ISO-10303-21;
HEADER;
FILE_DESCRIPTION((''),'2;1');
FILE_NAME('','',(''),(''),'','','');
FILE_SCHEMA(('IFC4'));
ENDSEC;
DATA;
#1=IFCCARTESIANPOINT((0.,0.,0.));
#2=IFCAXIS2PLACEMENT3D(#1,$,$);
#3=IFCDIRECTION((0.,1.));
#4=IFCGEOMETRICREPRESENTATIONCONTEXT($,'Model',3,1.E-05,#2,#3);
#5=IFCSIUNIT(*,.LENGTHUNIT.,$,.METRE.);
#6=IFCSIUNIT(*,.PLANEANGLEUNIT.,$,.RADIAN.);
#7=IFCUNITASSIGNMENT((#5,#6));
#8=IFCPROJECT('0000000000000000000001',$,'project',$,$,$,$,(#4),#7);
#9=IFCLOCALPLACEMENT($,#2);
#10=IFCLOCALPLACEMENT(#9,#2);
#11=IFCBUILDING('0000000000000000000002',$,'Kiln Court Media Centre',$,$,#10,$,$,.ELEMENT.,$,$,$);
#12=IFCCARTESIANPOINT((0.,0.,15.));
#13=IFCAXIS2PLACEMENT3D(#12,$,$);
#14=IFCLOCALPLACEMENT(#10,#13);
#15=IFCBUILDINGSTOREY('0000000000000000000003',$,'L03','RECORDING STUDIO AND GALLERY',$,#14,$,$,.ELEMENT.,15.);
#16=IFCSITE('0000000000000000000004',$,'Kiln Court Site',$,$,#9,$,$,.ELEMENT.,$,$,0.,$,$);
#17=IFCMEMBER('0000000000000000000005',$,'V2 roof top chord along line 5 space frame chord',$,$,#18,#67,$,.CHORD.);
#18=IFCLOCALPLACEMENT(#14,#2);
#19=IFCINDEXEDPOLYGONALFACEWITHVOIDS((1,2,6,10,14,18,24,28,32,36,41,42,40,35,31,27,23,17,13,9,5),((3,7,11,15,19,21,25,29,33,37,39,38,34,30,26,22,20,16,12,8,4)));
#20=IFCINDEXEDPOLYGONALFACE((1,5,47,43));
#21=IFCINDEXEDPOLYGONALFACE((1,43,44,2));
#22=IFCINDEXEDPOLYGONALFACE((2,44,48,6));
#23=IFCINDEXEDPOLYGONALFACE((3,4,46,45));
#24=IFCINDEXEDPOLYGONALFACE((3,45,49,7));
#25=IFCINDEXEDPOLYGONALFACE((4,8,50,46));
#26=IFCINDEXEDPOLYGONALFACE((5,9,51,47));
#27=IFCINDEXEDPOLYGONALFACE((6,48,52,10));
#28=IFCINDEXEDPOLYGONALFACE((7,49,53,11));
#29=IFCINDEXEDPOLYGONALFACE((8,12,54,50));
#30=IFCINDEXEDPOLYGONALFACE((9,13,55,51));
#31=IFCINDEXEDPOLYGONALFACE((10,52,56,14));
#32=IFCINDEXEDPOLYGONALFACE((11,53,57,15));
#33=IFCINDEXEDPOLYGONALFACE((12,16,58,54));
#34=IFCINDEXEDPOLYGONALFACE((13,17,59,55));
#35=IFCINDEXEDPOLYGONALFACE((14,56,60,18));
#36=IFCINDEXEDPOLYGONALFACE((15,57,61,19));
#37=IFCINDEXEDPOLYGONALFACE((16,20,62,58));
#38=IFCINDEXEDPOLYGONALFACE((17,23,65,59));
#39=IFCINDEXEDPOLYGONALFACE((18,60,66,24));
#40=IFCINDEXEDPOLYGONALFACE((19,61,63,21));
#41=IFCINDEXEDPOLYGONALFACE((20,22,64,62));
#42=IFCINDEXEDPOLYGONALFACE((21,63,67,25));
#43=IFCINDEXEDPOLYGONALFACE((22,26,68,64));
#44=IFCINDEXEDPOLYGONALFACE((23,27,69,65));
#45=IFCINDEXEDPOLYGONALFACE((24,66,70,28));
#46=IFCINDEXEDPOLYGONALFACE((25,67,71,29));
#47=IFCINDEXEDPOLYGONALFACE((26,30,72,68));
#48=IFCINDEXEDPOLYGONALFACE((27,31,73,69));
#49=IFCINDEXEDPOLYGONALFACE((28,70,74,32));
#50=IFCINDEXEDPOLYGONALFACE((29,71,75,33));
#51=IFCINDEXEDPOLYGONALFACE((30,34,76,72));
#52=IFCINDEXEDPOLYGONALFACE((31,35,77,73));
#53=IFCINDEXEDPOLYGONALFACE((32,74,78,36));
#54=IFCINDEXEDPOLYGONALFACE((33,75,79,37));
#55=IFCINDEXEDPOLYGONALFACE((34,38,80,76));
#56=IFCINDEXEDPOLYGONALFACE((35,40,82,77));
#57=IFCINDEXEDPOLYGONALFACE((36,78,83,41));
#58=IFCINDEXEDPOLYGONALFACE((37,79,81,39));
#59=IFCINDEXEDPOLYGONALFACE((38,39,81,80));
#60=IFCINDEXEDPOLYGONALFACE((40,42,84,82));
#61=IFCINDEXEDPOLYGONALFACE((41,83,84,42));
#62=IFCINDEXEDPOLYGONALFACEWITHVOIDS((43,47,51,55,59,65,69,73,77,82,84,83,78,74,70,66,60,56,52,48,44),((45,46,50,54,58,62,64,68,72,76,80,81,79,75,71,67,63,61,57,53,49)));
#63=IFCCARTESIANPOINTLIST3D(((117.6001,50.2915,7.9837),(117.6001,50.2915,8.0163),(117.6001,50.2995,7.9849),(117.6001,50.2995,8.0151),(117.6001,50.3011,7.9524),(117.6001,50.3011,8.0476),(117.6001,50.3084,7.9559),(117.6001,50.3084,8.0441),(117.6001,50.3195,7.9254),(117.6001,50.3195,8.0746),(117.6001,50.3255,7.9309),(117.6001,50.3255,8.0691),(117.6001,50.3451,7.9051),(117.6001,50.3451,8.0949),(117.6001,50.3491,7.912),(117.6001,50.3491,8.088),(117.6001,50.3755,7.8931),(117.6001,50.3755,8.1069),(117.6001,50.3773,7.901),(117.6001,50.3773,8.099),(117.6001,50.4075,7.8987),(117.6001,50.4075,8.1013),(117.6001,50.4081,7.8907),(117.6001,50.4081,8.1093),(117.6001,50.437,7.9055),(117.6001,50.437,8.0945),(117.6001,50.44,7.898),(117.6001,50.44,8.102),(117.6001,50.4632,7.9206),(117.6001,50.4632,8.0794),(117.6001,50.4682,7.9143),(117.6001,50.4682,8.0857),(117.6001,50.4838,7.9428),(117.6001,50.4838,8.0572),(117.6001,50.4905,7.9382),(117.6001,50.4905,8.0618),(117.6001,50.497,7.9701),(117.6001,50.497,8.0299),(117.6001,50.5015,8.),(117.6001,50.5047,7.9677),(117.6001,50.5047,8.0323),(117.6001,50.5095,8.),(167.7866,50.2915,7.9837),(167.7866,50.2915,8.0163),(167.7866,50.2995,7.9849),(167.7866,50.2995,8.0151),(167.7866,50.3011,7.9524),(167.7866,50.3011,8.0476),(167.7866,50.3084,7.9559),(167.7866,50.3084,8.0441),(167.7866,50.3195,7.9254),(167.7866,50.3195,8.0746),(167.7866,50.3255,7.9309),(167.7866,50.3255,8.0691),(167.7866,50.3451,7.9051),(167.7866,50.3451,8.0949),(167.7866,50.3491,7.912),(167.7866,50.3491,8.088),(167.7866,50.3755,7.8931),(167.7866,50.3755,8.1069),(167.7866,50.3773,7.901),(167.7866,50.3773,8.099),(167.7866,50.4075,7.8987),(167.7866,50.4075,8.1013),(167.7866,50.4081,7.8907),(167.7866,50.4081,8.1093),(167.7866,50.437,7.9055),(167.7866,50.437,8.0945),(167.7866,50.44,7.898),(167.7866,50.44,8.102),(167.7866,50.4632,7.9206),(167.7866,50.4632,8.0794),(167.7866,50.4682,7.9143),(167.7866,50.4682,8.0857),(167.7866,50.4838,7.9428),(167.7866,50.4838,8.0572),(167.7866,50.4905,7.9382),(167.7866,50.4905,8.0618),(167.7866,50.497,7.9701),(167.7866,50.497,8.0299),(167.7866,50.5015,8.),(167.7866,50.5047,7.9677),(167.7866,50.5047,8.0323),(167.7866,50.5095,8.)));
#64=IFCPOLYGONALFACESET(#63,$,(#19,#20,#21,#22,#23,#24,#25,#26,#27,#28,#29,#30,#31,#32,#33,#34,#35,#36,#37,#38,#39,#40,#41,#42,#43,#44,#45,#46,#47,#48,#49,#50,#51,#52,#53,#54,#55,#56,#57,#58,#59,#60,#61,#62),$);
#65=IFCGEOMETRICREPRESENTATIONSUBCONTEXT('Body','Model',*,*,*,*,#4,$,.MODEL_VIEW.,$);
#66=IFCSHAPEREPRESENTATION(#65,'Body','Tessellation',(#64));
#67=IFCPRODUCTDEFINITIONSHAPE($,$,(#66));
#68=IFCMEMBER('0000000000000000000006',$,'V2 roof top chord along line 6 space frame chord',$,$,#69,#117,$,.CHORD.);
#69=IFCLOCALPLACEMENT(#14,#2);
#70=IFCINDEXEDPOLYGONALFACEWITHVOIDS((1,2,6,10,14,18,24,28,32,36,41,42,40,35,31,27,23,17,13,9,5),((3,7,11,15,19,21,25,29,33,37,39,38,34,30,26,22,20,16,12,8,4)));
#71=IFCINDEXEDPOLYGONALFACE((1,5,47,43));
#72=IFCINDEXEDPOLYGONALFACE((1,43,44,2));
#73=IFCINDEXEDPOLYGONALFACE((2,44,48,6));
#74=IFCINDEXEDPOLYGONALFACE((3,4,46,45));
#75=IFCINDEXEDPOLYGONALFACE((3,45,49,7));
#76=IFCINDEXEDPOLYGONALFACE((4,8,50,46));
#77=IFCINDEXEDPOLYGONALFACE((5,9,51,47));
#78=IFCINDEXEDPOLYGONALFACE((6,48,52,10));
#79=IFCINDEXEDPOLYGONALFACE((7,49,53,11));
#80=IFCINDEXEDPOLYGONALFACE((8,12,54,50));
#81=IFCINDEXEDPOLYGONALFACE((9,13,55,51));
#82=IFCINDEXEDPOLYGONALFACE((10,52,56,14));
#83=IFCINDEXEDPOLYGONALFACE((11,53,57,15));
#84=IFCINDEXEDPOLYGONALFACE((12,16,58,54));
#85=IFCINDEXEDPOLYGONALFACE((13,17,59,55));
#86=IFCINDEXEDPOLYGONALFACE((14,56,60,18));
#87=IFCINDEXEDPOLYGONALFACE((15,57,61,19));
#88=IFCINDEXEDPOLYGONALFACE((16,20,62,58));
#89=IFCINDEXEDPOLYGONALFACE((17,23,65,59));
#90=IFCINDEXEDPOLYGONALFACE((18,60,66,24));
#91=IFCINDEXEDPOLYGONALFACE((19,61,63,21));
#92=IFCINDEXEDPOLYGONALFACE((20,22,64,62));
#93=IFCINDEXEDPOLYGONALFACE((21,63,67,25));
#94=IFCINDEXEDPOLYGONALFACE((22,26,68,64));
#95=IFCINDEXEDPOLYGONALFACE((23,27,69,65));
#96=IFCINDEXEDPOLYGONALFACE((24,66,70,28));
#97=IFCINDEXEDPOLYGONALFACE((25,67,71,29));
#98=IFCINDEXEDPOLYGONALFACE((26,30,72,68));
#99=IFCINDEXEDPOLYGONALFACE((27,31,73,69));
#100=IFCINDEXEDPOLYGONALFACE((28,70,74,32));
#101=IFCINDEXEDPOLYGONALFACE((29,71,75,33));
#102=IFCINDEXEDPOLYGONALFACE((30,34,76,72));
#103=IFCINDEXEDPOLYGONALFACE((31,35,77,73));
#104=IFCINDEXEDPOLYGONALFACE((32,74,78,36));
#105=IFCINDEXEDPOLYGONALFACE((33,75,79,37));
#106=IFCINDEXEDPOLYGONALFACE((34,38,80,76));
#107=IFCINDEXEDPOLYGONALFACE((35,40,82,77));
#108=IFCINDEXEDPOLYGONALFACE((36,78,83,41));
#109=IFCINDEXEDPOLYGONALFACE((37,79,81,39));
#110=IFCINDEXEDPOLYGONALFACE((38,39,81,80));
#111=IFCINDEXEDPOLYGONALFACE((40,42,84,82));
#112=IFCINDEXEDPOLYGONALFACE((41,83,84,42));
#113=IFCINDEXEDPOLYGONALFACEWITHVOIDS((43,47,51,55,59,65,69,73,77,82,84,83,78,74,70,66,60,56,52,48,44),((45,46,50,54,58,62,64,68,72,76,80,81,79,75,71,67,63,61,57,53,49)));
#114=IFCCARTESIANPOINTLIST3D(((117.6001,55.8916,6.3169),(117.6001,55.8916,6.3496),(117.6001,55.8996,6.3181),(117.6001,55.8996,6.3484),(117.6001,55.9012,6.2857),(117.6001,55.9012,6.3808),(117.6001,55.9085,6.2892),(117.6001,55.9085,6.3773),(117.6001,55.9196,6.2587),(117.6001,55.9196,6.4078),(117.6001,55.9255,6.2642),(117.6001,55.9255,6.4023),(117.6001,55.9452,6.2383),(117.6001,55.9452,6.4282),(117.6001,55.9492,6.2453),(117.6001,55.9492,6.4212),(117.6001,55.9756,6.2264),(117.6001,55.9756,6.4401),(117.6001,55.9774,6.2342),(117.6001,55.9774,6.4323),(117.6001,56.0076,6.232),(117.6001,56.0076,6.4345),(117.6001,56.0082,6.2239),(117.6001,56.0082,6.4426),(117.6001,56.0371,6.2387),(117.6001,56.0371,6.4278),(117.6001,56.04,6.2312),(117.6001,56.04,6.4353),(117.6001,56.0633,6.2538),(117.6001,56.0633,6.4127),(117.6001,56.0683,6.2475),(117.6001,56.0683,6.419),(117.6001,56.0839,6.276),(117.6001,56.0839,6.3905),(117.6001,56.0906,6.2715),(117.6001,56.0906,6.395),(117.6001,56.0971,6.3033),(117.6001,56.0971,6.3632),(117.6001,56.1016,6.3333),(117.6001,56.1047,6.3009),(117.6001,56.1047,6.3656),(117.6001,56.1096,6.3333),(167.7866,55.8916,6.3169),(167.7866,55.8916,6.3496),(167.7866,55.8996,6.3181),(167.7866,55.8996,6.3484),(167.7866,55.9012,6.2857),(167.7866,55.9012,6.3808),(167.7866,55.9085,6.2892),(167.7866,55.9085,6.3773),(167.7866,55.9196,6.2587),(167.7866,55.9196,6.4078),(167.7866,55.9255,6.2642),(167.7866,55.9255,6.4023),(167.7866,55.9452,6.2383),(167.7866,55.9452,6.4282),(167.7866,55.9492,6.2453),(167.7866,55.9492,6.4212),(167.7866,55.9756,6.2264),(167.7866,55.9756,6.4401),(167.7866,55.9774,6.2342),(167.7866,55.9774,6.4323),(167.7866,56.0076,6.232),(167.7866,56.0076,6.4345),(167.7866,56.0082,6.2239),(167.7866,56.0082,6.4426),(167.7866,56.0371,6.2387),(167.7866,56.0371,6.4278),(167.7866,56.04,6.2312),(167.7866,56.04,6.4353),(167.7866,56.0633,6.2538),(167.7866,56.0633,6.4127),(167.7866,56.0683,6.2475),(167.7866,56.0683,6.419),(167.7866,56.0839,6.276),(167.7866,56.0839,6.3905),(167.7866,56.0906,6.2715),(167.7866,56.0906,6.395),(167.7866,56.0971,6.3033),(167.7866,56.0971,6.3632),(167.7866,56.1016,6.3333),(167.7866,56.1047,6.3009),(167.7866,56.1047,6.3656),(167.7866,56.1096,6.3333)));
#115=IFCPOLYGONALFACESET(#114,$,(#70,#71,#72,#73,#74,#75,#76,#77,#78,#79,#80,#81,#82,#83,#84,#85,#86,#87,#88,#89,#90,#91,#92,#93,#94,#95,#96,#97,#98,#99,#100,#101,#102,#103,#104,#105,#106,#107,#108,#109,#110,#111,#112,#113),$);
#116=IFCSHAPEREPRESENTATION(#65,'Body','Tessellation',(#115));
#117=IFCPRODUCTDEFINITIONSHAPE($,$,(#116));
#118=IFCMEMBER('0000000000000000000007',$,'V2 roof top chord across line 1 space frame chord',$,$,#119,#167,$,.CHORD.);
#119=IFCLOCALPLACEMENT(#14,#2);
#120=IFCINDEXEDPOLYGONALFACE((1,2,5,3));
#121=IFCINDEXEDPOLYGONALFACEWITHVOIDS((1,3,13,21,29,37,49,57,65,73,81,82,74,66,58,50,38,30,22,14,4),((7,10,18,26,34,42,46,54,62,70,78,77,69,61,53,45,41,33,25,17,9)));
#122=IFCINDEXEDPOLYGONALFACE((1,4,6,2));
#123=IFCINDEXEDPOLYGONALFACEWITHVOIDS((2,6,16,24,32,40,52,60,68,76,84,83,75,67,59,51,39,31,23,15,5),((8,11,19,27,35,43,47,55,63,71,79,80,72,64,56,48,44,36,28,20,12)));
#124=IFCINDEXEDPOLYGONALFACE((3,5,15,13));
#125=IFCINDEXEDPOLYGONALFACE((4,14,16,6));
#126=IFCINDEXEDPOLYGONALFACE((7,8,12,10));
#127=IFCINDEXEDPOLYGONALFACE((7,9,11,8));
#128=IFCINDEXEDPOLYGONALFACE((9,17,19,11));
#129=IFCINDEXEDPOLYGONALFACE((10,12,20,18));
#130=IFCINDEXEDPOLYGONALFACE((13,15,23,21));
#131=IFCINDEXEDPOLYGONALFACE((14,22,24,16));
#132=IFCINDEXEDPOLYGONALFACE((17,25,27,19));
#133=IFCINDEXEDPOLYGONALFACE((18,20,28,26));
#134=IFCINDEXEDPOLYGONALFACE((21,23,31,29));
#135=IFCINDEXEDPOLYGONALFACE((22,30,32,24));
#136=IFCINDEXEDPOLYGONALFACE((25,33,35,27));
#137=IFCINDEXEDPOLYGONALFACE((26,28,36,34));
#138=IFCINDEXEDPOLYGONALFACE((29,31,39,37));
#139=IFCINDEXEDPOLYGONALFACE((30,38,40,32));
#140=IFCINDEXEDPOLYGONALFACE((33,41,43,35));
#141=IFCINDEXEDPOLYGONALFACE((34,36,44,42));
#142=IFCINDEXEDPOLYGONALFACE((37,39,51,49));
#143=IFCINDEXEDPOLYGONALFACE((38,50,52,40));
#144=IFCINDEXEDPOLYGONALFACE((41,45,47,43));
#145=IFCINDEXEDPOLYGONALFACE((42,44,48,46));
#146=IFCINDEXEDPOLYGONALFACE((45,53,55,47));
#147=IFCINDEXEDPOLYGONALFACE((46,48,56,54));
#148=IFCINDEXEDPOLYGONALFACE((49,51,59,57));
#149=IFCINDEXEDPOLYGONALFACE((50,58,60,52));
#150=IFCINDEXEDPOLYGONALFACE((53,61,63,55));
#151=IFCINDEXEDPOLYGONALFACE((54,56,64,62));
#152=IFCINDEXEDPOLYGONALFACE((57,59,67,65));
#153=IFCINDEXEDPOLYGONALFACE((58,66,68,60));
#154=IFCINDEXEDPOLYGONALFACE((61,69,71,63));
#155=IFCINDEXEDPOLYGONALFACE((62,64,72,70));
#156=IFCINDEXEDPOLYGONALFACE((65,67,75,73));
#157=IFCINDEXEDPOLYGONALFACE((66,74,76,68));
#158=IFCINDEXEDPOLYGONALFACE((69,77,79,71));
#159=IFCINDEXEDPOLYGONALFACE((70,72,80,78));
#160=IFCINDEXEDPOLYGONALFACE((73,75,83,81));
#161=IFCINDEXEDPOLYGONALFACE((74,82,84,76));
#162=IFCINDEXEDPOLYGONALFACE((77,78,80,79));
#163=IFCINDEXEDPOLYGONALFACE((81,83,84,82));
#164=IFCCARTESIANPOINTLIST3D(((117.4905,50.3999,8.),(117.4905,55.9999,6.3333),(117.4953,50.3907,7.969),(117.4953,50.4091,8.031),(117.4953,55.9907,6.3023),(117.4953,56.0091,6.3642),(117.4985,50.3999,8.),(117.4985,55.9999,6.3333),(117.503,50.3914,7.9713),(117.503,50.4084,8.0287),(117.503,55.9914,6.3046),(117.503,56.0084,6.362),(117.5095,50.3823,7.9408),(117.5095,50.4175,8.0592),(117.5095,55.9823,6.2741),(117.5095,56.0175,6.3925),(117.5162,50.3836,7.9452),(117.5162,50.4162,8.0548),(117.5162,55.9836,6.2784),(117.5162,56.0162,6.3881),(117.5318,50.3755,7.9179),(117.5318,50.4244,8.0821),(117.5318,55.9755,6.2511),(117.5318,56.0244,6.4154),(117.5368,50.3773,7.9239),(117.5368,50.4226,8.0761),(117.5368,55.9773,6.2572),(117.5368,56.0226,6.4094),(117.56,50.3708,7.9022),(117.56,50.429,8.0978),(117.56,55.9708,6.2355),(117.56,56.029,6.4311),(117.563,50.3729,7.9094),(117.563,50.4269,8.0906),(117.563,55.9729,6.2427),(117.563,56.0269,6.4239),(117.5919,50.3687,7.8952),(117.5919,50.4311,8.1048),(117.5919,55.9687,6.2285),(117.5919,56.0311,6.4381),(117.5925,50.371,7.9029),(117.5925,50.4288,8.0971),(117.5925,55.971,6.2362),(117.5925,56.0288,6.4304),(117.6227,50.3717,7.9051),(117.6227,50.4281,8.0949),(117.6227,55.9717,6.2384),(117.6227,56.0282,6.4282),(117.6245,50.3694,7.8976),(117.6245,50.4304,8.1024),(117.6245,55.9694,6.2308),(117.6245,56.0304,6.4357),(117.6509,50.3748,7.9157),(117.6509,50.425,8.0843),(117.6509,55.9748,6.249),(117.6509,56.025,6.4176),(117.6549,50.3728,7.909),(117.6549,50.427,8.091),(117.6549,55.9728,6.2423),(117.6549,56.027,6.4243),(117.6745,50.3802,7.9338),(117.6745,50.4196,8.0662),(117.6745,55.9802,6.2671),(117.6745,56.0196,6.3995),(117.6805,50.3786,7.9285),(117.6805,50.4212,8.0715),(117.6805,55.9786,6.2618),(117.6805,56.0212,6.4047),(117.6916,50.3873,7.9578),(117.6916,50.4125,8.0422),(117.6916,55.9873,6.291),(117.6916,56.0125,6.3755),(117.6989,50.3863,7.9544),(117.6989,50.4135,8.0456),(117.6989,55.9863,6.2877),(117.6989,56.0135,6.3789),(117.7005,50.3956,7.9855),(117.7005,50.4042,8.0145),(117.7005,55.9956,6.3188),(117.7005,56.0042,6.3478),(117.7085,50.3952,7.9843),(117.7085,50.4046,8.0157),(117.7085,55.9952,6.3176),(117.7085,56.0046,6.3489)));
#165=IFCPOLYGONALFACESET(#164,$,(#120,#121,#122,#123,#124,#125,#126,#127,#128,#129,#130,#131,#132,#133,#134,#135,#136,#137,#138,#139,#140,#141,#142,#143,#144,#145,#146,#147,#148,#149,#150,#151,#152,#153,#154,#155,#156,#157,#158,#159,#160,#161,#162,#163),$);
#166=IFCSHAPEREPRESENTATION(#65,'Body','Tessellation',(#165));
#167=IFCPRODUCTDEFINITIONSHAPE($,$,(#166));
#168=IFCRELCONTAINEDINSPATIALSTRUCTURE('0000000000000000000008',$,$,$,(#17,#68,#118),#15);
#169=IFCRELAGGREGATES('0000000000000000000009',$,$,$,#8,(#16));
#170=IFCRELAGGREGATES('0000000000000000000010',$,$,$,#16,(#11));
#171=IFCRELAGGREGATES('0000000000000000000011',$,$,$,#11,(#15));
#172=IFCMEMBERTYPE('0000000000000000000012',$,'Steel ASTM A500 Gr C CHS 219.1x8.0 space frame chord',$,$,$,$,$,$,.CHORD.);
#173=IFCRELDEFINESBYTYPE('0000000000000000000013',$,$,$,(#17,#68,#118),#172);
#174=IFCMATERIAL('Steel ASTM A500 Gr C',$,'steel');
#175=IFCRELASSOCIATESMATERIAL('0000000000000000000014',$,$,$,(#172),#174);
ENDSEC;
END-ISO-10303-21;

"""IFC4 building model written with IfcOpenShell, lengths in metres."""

from ifc_helpers import new_model, si_unit, direction, frame, origin, origin_2d, place, context, subcontext, project, spatial, hollow_circle, extrude, material, material_profile, profile_set, type_object, element, save


model = new_model("IFC4")

# Units and contexts
model_context = context("Model", 3, precision=1e-05, world=origin(), true_north=direction((0.0, 1.0)))
body_context = subcontext(model_context, "Body", "Model", "MODEL_VIEW")
ifc_project = project(units=[si_unit("LENGTHUNIT", "METRE"), si_unit("PLANEANGLEUNIT", "RADIAN")], contexts=[model_context])

# Site, building, storey
site_placement = place(None, origin())
site = spatial("IfcSite", under=ifc_project, at=site_placement, Name="Kiln Court Site", CompositionType="ELEMENT", RefElevation=0.0)
building_placement = place(site_placement, origin())
building = spatial("IfcBuilding", under=site, at=building_placement, Name="Kiln Court Media Centre", CompositionType="ELEMENT")
storey_placement = place(building_placement, frame((0.0, 0.0, 15.0)))
storey = spatial("IfcBuildingStorey", under=building, at=storey_placement, Name="L03", Description="RECORDING STUDIO AND GALLERY", CompositionType="ELEMENT", Elevation=15.0)

# Members
ifc_material_1 = material(Name="Steel ASTM A500 Gr C", Category="steel")
ifc_material_profile_1 = material_profile(ifc_material_1, hollow_circle(Radius=0.1096, WallThickness=0.0081, at=origin_2d()), Name="CHS 219.1x8.0")
ifc_profile_set_1 = profile_set([ifc_material_profile_1], Name="Steel ASTM A500 Gr C")
member_type_1 = type_object("IfcMemberType", Name="Steel ASTM A500 Gr C CHS 219.1x8.0 space frame chord", PredefinedType="CHORD", material=ifc_profile_set_1)
for number, where, z_axis, x_axis, name in (
    (1, (117.6001, 50.3999, 8.0), (1.0, 0.0, 0.0), (0.0, 1.0, 0.0), "V2 roof top chord along line 5 space frame chord"),
    (2, (117.6001, 56.0, 6.3333), (1.0, 0.0, 0.0), (0.0, 1.0, 0.0), "V2 roof top chord along line 6 space frame chord"),
):
    element("IfcMember", number, at=place(storey_placement, frame(where, z_axis=z_axis, x_axis=x_axis)), inside=storey, type_object=member_type_1, Name=name, PredefinedType="CHORD", context=body_context, shape_type="SweptSolid", body=[
        extrude(hollow_circle(Radius=0.1096, WallThickness=0.0081, at=origin_2d()), origin(), (0.0, 0.0, 1.0), 50.1865),
    ])
for number, where, z_axis, x_axis, name in (
    (3, (117.6001, 50.3999, 8.0), (0.0, 0.95845, -0.285262), (-1.0, 0.0, 0.0), "V2 roof top chord across line 1 space frame chord"),
):
    element("IfcMember", number, at=place(storey_placement, frame(where, z_axis=z_axis, x_axis=x_axis)), inside=storey, type_object=member_type_1, Name=name, PredefinedType="CHORD", context=body_context, shape_type="SweptSolid", body=[
        extrude(hollow_circle(Radius=0.1096, WallThickness=0.0081, at=origin_2d()), origin(), (0.0, 0.0, 1.0), 5.8428),
    ])

save(model, "model.ifc")
